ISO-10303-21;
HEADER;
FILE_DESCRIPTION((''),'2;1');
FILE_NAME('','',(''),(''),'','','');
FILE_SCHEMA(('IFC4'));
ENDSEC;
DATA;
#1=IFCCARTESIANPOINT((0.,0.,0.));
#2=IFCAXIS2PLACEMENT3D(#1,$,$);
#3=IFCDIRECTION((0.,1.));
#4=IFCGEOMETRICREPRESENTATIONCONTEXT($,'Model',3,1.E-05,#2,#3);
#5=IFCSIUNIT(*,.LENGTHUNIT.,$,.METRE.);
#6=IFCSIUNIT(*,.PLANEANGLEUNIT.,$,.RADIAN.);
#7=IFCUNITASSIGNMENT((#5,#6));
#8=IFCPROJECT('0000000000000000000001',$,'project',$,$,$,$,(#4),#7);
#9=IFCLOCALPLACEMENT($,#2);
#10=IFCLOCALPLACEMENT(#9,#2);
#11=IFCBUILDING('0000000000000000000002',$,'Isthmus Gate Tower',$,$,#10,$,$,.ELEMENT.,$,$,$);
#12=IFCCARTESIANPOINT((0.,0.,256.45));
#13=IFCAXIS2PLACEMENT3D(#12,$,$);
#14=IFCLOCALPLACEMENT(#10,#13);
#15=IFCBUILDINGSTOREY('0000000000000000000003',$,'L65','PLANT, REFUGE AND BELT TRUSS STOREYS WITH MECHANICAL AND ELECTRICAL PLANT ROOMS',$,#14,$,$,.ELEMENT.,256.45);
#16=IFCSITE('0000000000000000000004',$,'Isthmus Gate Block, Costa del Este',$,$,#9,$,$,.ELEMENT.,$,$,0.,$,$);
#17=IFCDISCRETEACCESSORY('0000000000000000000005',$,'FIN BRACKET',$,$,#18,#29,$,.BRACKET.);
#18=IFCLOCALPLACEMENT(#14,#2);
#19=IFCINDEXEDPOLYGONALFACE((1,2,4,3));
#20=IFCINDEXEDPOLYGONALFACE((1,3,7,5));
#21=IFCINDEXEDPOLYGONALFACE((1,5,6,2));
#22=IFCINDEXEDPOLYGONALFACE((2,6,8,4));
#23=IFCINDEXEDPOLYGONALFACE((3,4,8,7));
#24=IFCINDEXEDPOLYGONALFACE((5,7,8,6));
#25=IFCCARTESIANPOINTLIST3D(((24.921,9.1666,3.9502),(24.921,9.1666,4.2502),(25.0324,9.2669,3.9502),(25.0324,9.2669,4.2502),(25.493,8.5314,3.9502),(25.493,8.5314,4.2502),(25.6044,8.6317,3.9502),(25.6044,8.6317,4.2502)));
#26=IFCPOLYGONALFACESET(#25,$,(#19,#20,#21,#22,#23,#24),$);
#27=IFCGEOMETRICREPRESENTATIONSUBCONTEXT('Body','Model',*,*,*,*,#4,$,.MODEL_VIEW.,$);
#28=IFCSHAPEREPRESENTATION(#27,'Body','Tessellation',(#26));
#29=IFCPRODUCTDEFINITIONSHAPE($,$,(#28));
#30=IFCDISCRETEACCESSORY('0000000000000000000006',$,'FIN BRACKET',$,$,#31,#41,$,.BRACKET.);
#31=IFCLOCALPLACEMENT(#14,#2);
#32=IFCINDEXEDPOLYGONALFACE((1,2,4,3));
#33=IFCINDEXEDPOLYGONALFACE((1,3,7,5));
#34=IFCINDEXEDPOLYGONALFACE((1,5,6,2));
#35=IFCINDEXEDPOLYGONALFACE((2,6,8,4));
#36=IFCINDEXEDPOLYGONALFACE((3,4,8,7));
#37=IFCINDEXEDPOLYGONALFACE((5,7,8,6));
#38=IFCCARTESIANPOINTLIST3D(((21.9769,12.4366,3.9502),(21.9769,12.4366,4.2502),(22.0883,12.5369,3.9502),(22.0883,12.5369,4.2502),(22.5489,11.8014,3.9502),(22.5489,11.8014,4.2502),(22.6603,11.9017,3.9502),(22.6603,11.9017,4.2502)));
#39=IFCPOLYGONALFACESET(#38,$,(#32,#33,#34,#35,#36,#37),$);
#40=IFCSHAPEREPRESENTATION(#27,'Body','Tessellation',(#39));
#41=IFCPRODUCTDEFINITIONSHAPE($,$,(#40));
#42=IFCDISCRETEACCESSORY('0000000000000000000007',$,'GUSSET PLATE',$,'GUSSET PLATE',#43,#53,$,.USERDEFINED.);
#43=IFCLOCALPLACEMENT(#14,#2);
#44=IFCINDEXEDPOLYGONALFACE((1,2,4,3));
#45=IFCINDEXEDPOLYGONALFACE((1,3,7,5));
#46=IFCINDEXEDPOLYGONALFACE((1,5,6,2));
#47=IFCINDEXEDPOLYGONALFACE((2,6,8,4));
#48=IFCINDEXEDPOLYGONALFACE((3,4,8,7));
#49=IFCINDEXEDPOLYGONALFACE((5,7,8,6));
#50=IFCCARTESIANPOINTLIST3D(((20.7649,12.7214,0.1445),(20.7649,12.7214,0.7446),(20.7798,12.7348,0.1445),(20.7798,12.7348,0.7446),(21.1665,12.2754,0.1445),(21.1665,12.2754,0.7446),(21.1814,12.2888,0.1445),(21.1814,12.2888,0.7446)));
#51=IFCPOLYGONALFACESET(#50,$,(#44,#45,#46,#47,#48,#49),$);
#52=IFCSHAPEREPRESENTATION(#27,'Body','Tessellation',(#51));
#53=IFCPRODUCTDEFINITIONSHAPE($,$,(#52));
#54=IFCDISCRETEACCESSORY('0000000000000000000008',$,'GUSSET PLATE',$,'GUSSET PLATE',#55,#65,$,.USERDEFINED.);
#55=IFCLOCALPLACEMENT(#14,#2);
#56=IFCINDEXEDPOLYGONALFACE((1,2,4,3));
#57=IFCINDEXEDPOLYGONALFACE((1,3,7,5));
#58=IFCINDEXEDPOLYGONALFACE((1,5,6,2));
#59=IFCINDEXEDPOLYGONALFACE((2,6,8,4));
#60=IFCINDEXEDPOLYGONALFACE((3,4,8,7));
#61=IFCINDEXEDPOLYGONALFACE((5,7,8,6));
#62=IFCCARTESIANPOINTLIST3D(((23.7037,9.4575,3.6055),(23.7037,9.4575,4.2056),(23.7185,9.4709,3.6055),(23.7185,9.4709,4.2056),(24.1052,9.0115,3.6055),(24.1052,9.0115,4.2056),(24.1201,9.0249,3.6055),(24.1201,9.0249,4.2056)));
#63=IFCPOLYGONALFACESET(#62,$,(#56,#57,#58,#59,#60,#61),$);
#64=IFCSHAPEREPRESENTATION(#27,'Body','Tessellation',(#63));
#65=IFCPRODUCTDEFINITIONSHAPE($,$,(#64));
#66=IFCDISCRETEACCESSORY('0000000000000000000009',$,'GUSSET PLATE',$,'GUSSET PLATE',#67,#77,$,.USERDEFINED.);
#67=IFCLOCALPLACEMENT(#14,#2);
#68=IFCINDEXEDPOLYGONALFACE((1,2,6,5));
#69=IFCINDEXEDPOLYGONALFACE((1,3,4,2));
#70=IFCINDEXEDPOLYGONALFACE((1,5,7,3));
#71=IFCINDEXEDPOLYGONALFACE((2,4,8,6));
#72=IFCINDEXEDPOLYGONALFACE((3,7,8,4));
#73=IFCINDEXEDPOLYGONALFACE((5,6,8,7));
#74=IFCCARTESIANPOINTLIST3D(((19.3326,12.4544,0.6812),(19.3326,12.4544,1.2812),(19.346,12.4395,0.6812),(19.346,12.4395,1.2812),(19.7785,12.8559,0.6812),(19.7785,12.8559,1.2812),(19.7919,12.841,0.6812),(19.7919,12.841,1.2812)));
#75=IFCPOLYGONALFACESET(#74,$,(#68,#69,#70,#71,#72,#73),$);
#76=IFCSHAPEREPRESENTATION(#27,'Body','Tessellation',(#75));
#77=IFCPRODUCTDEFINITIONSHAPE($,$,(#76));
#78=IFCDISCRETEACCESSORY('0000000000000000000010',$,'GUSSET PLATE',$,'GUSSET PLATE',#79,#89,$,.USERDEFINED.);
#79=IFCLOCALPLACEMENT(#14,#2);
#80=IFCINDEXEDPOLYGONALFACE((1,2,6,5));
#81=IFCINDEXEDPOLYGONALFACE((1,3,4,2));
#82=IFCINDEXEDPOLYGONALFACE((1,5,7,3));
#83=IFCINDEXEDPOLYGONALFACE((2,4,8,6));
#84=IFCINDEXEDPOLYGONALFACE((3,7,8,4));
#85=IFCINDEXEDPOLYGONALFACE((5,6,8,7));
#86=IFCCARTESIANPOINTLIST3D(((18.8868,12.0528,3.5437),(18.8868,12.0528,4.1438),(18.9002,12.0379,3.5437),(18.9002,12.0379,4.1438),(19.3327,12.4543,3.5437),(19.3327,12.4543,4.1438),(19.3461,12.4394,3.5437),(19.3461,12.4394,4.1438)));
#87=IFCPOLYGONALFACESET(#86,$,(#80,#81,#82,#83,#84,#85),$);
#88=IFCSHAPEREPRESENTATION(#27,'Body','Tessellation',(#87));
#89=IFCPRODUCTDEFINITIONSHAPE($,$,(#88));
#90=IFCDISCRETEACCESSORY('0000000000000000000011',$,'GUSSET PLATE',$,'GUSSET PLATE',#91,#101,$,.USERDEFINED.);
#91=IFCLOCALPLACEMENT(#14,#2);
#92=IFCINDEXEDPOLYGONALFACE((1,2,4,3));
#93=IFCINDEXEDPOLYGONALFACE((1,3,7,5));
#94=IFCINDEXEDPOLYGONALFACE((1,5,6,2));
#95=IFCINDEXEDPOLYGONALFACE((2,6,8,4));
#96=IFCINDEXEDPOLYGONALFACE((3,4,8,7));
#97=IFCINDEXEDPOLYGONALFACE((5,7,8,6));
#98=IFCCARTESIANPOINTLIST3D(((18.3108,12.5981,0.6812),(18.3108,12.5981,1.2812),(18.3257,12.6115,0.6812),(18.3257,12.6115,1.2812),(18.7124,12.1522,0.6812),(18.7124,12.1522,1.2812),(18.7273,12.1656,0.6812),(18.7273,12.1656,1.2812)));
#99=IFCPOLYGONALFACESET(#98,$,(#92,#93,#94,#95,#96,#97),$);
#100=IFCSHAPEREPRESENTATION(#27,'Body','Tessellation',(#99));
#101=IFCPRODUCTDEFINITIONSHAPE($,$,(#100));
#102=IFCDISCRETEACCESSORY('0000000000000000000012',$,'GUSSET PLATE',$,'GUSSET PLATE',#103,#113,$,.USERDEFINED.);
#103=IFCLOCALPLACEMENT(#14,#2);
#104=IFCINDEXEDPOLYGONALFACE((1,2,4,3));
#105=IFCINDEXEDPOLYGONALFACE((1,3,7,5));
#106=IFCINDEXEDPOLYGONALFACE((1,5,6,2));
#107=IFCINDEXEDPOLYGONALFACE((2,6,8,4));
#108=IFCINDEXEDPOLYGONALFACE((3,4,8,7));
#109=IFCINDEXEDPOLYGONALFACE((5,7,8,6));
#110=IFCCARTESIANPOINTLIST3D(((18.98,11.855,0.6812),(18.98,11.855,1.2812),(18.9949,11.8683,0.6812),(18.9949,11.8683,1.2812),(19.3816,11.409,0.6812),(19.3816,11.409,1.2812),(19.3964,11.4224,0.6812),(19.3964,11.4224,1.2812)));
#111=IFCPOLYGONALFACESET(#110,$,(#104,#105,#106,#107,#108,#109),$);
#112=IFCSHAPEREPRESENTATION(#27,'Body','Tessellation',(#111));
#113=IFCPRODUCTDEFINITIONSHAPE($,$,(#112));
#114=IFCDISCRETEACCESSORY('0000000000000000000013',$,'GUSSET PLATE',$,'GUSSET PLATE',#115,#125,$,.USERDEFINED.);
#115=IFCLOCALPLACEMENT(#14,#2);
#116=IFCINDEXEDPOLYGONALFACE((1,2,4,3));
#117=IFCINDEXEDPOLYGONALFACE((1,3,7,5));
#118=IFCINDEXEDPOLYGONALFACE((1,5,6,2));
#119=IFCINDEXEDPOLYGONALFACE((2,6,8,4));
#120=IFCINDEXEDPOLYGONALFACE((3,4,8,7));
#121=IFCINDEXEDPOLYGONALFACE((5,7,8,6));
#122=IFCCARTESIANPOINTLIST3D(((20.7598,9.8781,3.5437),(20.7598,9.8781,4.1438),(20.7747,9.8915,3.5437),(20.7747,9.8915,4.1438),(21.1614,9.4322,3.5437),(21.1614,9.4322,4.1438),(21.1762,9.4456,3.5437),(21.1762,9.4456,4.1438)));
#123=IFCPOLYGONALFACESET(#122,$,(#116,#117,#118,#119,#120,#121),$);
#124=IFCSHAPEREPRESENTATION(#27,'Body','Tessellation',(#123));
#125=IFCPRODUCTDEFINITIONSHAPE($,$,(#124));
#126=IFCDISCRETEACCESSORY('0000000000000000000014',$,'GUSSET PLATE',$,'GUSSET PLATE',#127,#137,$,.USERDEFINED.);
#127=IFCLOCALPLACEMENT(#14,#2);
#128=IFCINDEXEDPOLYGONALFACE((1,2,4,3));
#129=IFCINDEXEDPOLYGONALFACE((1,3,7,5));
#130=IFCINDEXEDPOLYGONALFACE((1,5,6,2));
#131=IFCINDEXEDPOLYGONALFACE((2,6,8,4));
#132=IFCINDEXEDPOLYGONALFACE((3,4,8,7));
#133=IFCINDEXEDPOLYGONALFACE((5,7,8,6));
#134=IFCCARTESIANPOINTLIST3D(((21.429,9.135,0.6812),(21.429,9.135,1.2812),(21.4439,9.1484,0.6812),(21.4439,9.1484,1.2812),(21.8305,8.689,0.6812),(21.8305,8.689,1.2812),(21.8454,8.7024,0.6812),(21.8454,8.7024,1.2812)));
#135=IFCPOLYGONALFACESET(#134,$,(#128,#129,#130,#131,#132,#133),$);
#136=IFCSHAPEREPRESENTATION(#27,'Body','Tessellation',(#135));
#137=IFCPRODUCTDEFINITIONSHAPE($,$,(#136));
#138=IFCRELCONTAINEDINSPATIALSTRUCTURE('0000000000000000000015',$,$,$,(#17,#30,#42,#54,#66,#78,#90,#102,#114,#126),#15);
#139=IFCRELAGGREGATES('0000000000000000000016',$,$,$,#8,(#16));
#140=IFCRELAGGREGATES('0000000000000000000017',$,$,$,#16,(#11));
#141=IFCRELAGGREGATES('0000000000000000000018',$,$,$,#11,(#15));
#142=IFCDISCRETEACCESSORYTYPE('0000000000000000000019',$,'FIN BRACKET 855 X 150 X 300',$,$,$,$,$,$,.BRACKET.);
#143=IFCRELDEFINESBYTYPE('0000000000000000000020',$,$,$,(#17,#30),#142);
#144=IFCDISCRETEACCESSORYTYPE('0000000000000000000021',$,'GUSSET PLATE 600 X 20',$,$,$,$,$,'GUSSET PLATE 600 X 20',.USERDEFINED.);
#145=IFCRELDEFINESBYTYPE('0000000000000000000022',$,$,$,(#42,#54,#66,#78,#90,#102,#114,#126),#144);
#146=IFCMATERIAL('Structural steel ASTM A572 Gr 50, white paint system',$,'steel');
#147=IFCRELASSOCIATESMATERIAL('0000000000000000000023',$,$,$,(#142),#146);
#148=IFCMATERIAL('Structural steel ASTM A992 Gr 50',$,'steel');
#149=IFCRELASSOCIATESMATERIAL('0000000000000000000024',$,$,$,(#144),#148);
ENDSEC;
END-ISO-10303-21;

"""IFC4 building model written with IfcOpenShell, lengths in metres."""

from ifc_helpers import new_model, si_unit, direction, frame, origin, origin_2d, place, context, subcontext, project, spatial, rectangle, extrude, material, type_object, element, save


model = new_model("IFC4")

# Units and contexts
model_context = context("Model", 3, precision=1e-05, world=origin(), true_north=direction((0.0, 1.0)))
body_context = subcontext(model_context, "Body", "Model", "MODEL_VIEW")
ifc_project = project(units=[si_unit("LENGTHUNIT", "METRE"), si_unit("PLANEANGLEUNIT", "RADIAN")], contexts=[model_context])

# Site, building, storey
site_placement = place(None, origin())
site = spatial("IfcSite", under=ifc_project, at=site_placement, Name="Isthmus Gate Block, Costa del Este", CompositionType="ELEMENT", RefElevation=0.0)
building_placement = place(site_placement, origin())
building = spatial("IfcBuilding", under=site, at=building_placement, Name="Isthmus Gate Tower", CompositionType="ELEMENT")
storey_placement = place(building_placement, frame((0.0, 0.0, 256.45)))
storey = spatial("IfcBuildingStorey", under=building, at=storey_placement, Name="L65", Description="PLANT, REFUGE AND BELT TRUSS STOREYS WITH MECHANICAL AND ELECTRICAL PLANT ROOMS", CompositionType="ELEMENT", Elevation=256.45)

# Discrete accessories
ifc_material_1 = material(Name="Structural steel ASTM A572 Gr 50, white paint system", Category="steel")
discrete_accessory_type_1 = type_object("IfcDiscreteAccessoryType", Name="FIN BRACKET 855 X 150 X 300", PredefinedType="BRACKET", material=ifc_material_1)
for number, where, z_axis, x_axis, name in (
    (1, (25.2627, 8.8992, 3.9502), (0.0, 0.0, 1.0), (0.743145, 0.669131, 0.0), "FIN BRACKET"),
    (2, (22.3186, 12.1692, 3.9502), (0.0, 0.0, 1.0), (0.743145, 0.669131, 0.0), "FIN BRACKET"),
):
    element("IfcDiscreteAccessory", number, at=place(storey_placement, frame(where, z_axis=z_axis, x_axis=x_axis)), inside=storey, type_object=discrete_accessory_type_1, Name=name, PredefinedType="BRACKET", context=body_context, shape_type="SweptSolid", body=[
        extrude(rectangle(XDim=0.1499, YDim=0.8547, at=origin_2d()), origin(), (0.0, 0.0, 1.0), 0.3),
    ])
ifc_material_2 = material(Name="Structural steel ASTM A992 Gr 50", Category="steel")
discrete_accessory_type_2 = type_object("IfcDiscreteAccessoryType", Name="GUSSET PLATE 600 X 20", ElementType="GUSSET PLATE 600 X 20", PredefinedType="USERDEFINED", material=ifc_material_2)
for number, where, z_axis, x_axis, name in (
    (3, (20.9731, 12.5051, 0.1445), (0.0, 0.0, 1.0), (0.669131, -0.743145, 0.0), "GUSSET PLATE"),
    (4, (23.9119, 9.2412, 3.6055), (0.0, 0.0, 1.0), (0.669131, -0.743145, 0.0), "GUSSET PLATE"),
    (5, (19.5623, 12.6477, 0.6812), (0.0, 0.0, 1.0), (-0.743145, -0.669131, 0.0), "GUSSET PLATE"),
    (6, (19.1165, 12.2461, 3.5437), (0.0, 0.0, 1.0), (-0.743145, -0.669131, 0.0), "GUSSET PLATE"),
    (7, (18.519, 12.3818, 0.6812), (0.0, 0.0, 1.0), (-0.669131, 0.743145, 0.0), "GUSSET PLATE"),
    (8, (19.1882, 11.6387, 0.6812), (0.0, 0.0, 1.0), (0.669131, -0.743145, 0.0), "GUSSET PLATE"),
    (9, (20.968, 9.6619, 3.5437), (0.0, 0.0, 1.0), (0.669131, -0.743145, 0.0), "GUSSET PLATE"),
    (10, (21.6372, 8.9187, 0.6812), (0.0, 0.0, 1.0), (0.669131, -0.743145, 0.0), "GUSSET PLATE"),
):
    element("IfcDiscreteAccessory", number, at=place(storey_placement, frame(where, z_axis=z_axis, x_axis=x_axis)), inside=storey, type_object=discrete_accessory_type_2, Name=name, ObjectType="GUSSET PLATE", PredefinedType="USERDEFINED", context=body_context, shape_type="SweptSolid", body=[
        extrude(rectangle(XDim=0.6001, YDim=0.02, at=origin_2d()), origin(), (0.0, 0.0, 1.0), 0.6001),
    ])

save(model, "model.ifc")
